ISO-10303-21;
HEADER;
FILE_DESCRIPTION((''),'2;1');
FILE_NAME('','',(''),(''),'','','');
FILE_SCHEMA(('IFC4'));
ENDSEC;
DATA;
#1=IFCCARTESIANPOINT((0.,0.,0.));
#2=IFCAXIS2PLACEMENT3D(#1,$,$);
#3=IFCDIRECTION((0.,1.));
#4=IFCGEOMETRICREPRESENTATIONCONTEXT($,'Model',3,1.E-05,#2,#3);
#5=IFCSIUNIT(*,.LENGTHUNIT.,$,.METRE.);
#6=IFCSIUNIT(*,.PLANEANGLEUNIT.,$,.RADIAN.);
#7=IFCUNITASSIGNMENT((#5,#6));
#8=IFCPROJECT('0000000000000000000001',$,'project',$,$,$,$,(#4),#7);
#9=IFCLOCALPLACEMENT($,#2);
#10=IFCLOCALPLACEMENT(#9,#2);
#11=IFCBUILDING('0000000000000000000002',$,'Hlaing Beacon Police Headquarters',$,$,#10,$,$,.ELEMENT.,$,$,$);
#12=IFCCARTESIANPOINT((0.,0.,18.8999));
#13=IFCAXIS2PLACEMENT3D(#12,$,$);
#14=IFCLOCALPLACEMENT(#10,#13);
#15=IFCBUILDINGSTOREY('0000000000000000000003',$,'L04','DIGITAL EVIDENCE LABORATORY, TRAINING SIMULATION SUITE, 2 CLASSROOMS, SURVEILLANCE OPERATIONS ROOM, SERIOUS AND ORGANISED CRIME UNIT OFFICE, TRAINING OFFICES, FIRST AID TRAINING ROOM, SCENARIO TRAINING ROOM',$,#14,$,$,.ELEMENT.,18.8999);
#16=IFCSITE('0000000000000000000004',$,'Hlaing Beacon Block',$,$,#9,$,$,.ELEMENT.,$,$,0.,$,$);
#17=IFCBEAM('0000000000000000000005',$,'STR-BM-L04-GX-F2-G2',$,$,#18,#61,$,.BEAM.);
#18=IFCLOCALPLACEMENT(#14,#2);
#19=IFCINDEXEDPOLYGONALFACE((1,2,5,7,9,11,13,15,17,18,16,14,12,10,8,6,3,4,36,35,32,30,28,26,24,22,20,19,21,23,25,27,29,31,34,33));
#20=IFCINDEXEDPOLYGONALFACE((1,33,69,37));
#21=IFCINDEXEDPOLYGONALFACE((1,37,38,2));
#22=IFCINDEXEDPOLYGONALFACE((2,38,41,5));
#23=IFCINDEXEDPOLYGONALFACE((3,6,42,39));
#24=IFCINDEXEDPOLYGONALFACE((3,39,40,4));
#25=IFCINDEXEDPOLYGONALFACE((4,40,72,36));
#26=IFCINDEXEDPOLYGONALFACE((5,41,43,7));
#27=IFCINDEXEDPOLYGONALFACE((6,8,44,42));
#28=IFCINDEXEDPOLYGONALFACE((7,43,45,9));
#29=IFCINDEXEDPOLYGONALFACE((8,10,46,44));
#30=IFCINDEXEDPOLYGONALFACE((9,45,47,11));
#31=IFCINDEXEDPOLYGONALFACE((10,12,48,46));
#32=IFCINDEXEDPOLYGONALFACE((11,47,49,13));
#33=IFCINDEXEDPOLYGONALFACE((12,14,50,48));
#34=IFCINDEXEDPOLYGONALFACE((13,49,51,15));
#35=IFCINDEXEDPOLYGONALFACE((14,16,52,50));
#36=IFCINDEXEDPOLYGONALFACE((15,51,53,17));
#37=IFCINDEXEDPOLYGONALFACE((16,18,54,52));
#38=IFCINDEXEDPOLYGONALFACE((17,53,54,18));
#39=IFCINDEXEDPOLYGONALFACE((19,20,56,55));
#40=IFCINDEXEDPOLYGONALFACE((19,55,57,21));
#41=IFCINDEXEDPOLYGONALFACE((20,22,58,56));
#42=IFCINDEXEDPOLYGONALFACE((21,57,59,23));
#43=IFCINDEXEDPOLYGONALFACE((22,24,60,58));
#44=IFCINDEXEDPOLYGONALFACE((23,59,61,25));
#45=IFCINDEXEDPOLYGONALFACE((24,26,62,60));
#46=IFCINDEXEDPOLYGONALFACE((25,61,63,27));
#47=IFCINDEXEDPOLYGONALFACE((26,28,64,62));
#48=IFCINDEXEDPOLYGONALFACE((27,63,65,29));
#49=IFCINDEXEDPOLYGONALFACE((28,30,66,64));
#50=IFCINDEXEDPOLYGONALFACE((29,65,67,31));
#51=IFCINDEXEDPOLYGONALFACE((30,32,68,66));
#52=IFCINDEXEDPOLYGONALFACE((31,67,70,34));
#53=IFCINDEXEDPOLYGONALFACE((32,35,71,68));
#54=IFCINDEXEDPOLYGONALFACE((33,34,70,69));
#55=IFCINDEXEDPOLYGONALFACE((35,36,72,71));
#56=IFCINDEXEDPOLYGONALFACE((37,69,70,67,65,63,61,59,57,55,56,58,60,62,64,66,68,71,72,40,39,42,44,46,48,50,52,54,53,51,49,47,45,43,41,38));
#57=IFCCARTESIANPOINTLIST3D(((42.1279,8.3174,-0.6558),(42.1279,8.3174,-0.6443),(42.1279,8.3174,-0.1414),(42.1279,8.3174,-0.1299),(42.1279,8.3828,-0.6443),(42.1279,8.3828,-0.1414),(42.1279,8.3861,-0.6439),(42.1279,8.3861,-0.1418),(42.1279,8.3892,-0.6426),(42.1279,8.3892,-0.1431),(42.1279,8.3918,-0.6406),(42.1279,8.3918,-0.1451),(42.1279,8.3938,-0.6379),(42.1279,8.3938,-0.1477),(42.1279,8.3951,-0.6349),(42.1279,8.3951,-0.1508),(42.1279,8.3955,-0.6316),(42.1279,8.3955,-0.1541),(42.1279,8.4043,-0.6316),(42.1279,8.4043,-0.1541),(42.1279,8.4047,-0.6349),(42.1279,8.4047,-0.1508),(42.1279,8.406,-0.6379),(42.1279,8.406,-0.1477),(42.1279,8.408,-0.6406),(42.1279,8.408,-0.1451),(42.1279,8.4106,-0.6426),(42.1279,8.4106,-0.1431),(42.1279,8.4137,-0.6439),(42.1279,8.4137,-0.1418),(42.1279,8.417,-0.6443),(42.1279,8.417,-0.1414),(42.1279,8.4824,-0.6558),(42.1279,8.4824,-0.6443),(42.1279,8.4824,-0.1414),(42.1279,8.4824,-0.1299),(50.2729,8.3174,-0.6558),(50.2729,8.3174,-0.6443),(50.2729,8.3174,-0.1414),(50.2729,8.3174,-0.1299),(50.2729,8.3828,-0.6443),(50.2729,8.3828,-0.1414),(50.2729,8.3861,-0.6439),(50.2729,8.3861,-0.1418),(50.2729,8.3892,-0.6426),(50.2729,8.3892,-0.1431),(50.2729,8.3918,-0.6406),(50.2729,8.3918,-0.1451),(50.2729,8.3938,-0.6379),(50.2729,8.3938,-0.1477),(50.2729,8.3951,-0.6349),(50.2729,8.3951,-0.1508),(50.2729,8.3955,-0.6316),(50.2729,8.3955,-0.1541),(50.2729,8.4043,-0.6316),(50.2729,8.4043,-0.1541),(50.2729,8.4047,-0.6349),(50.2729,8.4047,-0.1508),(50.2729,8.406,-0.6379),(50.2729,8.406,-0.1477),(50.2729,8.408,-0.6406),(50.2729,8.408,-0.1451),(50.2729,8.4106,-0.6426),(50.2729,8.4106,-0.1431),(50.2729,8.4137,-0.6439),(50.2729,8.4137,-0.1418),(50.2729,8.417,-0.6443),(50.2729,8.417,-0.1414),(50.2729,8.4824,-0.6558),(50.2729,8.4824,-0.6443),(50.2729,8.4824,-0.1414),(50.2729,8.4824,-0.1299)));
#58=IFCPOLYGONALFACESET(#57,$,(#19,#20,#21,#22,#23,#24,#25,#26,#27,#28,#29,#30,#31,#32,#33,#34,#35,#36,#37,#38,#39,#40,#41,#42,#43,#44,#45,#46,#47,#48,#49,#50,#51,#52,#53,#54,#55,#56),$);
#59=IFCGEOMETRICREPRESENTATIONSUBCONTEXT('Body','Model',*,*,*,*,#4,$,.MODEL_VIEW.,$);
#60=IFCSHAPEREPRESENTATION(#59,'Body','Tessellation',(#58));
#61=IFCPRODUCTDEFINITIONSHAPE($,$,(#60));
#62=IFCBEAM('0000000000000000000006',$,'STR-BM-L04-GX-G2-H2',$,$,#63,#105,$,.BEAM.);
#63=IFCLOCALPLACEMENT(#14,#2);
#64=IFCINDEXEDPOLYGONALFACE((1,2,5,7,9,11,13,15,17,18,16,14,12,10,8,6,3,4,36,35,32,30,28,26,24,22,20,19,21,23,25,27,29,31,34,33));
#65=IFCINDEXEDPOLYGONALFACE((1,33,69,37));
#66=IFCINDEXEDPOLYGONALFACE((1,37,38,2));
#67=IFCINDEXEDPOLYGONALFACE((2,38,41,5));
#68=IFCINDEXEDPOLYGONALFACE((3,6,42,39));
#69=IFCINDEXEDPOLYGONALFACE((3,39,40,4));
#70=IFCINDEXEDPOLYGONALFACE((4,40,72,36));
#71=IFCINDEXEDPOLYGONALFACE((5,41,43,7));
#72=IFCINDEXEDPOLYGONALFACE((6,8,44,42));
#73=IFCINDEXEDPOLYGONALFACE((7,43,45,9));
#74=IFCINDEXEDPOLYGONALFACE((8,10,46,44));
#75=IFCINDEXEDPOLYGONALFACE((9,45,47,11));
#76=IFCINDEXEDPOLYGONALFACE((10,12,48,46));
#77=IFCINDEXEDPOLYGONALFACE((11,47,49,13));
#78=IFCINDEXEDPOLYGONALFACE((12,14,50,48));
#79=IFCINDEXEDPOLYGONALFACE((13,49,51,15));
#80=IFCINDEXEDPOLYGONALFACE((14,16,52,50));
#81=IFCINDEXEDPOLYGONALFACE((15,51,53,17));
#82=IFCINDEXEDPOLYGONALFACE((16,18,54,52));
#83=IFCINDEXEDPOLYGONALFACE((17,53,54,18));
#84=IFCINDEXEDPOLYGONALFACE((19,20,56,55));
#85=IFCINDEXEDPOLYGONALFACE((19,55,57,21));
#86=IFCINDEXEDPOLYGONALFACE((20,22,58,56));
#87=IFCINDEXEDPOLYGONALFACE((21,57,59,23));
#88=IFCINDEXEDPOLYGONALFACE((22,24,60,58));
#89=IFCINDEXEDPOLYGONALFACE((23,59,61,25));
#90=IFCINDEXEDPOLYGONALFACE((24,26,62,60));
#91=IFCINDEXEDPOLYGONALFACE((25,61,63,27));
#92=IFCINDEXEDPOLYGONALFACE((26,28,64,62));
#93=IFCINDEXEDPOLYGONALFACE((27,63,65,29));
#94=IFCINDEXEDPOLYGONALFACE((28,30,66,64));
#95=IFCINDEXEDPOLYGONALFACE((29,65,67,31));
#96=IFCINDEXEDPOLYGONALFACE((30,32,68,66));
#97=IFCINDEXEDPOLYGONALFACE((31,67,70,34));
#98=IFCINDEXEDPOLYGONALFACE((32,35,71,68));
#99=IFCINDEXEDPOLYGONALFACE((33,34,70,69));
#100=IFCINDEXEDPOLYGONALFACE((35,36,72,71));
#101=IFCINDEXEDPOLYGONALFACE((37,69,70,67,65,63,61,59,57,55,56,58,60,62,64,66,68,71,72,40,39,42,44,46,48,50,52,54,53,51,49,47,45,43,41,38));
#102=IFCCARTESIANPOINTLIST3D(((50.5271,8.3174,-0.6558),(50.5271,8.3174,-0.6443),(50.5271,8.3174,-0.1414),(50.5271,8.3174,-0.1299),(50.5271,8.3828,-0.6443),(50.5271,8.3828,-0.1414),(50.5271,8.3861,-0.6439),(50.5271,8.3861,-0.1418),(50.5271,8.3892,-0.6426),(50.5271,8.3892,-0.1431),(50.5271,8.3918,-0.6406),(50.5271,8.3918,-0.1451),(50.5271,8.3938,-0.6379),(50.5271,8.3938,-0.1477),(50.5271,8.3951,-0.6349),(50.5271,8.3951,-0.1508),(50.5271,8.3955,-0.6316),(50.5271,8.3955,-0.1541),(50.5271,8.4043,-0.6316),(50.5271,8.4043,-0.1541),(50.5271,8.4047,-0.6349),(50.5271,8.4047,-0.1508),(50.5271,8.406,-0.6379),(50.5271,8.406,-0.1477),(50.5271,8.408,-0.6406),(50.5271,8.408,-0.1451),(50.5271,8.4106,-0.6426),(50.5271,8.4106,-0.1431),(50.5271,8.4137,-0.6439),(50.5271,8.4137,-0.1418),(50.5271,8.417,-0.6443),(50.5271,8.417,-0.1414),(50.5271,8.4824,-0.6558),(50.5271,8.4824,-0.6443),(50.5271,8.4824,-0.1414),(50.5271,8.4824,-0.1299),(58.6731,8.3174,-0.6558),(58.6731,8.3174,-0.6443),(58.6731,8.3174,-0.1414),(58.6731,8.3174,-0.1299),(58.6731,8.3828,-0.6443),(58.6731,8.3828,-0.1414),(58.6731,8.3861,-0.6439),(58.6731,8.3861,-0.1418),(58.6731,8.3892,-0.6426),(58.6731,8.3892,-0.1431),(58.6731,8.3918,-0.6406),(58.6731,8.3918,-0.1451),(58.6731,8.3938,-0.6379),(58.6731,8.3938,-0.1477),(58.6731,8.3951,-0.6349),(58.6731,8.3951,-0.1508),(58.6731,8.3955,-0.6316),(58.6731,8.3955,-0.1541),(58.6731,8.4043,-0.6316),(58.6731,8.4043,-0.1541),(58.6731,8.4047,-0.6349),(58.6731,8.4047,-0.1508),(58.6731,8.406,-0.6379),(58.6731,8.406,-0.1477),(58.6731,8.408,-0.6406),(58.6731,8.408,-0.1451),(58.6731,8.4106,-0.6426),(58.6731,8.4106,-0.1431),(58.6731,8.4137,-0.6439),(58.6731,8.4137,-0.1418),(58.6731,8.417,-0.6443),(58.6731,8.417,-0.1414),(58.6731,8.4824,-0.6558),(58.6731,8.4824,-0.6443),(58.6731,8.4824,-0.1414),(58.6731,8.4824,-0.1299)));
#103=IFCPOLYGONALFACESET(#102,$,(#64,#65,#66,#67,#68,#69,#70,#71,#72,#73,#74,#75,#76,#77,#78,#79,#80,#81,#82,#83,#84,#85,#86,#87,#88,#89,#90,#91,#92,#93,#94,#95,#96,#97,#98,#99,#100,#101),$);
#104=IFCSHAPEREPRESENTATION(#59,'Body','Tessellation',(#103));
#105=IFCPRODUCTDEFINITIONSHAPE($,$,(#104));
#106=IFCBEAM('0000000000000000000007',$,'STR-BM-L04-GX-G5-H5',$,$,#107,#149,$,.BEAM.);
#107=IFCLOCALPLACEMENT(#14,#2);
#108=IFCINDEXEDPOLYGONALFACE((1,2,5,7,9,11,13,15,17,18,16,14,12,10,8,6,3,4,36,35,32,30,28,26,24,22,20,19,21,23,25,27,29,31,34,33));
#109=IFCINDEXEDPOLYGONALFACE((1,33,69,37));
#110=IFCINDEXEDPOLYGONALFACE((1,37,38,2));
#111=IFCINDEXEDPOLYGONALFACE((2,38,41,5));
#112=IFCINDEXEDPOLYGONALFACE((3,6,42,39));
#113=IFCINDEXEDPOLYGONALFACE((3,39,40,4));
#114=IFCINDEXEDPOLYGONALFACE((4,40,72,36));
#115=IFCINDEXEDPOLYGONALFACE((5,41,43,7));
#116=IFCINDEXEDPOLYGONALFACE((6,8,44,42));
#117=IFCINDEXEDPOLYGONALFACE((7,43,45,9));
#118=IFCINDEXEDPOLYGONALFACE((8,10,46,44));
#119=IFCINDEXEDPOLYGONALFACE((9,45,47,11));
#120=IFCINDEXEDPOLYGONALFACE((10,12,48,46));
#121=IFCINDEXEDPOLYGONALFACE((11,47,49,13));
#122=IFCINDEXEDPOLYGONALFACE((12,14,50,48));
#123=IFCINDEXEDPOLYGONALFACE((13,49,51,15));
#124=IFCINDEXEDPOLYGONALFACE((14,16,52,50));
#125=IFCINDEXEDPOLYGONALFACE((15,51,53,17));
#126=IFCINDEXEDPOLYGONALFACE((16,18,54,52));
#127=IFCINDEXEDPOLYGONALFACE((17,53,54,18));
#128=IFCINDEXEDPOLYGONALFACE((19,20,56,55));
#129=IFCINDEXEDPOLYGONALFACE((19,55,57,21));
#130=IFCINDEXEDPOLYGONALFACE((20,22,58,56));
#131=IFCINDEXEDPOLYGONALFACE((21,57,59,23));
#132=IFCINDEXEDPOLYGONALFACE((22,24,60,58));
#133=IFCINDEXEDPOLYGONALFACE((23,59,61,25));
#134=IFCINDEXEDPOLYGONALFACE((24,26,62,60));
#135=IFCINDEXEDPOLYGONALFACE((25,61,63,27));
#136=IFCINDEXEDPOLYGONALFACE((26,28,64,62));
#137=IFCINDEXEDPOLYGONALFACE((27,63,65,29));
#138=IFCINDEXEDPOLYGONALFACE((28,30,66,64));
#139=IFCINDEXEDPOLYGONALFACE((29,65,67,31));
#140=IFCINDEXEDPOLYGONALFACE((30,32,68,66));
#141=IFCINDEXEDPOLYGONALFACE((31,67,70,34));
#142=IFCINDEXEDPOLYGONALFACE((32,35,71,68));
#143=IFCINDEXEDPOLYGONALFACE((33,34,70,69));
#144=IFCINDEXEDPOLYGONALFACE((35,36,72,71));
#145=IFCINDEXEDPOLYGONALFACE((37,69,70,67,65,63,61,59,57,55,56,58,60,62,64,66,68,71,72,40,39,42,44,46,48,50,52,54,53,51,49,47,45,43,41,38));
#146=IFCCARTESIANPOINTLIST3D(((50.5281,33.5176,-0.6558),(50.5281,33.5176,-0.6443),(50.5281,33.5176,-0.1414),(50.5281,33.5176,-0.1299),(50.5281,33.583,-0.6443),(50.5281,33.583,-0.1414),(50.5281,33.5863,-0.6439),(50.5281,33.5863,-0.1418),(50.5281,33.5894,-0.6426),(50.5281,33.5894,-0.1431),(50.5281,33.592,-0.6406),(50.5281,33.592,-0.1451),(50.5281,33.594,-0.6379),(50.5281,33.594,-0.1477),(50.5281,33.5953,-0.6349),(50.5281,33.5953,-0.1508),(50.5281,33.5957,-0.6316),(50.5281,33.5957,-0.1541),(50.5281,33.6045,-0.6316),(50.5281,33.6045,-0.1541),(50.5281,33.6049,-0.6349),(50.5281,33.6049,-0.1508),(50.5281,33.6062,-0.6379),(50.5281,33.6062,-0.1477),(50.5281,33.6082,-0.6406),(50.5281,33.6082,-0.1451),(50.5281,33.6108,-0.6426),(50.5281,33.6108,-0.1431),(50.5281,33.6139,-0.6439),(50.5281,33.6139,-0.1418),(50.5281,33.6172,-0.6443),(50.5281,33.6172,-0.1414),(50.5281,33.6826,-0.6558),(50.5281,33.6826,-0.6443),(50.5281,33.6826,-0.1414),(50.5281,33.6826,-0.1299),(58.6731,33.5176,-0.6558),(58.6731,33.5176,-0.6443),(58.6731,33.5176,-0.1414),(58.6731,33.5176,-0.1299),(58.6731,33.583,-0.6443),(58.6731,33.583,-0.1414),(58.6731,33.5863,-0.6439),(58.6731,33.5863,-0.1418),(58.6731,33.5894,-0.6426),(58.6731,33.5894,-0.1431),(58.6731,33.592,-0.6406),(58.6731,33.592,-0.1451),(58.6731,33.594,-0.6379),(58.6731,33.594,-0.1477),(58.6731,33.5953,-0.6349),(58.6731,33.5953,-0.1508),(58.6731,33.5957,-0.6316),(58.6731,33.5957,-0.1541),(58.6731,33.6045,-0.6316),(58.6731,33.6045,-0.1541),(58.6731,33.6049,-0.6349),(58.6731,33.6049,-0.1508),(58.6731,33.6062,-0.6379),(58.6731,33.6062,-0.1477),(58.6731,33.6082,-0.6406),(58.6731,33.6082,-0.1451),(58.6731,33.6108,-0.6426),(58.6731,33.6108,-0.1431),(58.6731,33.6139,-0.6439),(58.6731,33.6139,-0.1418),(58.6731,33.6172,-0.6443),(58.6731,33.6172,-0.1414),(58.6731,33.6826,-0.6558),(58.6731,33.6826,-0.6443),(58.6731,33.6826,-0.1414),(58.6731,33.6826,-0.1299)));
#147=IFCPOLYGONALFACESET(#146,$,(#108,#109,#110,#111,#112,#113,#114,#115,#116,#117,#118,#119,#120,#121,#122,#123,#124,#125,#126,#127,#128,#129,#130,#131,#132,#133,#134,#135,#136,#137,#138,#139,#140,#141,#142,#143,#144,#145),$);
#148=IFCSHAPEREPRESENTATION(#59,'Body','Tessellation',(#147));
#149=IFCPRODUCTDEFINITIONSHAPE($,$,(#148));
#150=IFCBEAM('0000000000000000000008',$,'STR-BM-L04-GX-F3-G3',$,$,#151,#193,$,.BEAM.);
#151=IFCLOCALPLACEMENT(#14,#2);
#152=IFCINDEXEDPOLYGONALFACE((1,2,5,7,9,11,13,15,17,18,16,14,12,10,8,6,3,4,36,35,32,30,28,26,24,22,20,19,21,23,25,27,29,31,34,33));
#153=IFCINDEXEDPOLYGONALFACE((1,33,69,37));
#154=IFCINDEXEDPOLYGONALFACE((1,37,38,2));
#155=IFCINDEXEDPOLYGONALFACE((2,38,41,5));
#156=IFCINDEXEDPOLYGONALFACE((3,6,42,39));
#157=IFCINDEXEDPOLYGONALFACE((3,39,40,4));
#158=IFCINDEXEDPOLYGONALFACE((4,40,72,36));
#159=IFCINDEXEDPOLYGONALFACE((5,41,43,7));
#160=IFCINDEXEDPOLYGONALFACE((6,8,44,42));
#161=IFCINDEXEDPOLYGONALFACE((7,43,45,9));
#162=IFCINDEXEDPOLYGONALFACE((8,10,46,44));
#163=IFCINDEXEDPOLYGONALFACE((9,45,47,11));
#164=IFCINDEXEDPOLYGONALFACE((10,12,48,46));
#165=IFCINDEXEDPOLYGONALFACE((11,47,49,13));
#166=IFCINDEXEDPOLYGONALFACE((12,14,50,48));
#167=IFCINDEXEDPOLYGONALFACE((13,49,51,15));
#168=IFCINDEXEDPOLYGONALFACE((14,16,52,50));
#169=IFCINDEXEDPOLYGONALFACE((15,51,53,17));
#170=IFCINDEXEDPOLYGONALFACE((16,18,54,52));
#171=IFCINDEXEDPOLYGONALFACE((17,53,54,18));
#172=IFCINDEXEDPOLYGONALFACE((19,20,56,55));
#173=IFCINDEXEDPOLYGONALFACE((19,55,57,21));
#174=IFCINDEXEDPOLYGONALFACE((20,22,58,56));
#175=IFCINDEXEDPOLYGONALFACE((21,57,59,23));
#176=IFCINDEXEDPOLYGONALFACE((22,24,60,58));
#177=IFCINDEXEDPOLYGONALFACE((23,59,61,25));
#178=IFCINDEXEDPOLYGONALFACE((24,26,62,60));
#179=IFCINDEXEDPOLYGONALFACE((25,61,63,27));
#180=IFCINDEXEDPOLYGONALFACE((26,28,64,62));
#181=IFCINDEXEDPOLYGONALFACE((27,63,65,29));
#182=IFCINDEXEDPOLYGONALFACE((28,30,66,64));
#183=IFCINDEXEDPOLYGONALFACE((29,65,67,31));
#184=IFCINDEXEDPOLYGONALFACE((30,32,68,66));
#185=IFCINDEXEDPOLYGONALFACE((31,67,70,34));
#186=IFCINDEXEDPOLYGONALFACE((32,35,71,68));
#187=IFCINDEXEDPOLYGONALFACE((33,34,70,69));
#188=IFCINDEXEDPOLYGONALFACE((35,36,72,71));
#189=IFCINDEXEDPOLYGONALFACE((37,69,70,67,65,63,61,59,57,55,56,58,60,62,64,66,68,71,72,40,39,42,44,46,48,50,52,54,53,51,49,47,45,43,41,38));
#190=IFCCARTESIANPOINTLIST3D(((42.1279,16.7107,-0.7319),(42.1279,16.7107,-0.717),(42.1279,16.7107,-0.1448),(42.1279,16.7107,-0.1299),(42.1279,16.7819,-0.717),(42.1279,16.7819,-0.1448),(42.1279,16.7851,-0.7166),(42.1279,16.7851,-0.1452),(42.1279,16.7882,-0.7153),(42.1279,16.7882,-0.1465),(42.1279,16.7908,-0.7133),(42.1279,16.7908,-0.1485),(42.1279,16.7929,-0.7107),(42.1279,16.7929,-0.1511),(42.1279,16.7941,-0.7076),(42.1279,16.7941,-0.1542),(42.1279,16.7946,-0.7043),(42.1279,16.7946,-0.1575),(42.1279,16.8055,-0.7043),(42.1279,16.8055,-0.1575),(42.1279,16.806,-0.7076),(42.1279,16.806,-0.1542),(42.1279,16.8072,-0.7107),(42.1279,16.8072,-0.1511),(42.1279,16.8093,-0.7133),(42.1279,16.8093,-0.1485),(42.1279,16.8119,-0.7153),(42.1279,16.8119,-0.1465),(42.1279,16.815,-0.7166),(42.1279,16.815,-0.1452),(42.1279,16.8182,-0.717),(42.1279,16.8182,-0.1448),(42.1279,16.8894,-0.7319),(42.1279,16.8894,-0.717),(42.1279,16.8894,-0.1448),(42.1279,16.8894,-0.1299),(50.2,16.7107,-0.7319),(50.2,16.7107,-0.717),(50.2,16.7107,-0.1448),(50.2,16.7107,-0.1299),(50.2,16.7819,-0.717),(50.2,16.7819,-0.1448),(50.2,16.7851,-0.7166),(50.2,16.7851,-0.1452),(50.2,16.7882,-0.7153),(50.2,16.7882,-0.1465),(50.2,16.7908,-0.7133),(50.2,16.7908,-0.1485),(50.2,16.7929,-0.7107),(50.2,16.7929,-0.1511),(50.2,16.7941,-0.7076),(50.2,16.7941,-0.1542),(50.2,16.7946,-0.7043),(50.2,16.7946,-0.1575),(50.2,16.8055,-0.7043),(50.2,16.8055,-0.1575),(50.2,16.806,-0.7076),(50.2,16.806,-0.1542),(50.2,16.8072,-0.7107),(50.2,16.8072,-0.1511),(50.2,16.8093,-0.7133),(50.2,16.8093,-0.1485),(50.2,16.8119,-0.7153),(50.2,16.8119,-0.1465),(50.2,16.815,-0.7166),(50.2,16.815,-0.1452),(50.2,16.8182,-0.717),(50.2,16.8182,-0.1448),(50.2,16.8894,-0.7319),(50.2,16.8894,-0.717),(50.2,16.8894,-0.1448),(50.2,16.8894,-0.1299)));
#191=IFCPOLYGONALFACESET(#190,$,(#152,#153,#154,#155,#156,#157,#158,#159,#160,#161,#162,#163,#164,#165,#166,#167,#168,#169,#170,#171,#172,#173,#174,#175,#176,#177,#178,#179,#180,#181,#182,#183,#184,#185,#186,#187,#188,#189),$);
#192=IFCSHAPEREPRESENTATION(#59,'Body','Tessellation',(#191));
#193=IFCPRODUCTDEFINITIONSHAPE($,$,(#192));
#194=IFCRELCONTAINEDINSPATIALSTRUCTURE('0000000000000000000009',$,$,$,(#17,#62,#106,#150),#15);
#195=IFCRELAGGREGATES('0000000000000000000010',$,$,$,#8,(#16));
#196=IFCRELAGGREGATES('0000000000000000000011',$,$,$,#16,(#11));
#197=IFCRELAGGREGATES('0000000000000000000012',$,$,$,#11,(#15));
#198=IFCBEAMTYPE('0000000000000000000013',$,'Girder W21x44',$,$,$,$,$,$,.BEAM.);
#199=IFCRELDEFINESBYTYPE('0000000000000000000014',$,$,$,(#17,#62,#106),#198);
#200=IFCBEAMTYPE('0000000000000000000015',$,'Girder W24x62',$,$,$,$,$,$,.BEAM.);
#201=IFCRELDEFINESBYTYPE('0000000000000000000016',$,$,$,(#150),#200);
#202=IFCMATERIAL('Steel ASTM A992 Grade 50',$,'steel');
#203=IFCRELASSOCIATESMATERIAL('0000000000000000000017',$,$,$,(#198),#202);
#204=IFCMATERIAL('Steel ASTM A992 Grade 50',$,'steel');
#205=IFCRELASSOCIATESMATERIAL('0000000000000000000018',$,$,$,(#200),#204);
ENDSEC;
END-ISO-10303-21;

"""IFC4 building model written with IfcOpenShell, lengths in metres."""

from ifc_helpers import new_model, si_unit, direction, frame, origin, origin_2d, place, context, subcontext, project, spatial, i_section, extrude, material, material_profile, profile_set, type_object, element, save


model = new_model("IFC4")

# Units and contexts
model_context = context("Model", 3, precision=1e-05, world=origin(), true_north=direction((0.0, 1.0)))
body_context = subcontext(model_context, "Body", "Model", "MODEL_VIEW")
ifc_project = project(units=[si_unit("LENGTHUNIT", "METRE"), si_unit("PLANEANGLEUNIT", "RADIAN")], contexts=[model_context])

# Site, building, storey
site_placement = place(None, origin())
site = spatial("IfcSite", under=ifc_project, at=site_placement, Name="Hlaing Beacon Block", CompositionType="ELEMENT", RefElevation=0.0)
building_placement = place(site_placement, origin())
building = spatial("IfcBuilding", under=site, at=building_placement, Name="Hlaing Beacon Police Headquarters", CompositionType="ELEMENT")
storey_placement = place(building_placement, frame((0.0, 0.0, 18.8999)))
storey = spatial("IfcBuildingStorey", under=building, at=storey_placement, Name="L04", Description="DIGITAL EVIDENCE LABORATORY, TRAINING SIMULATION SUITE, 2 CLASSROOMS, SURVEILLANCE OPERATIONS ROOM, SERIOUS AND ORGANISED CRIME UNIT OFFICE, TRAINING OFFICES, FIRST AID TRAINING ROOM, SCENARIO TRAINING ROOM", CompositionType="ELEMENT", Elevation=18.8999)

# Beams
ifc_material_1 = material(Name="Steel ASTM A992 Grade 50", Category="steel")
ifc_material_profile_1 = material_profile(ifc_material_1, i_section(OverallWidth=0.165, OverallDepth=0.5259, WebThickness=0.0088, FlangeThickness=0.0115, FilletRadius=0.0127, at=origin_2d()), Name="W21x44")
ifc_profile_set_1 = profile_set([ifc_material_profile_1], Name="Steel ASTM A992 Grade 50")
beam_type_1 = type_object("IfcBeamType", Name="Girder W21x44", PredefinedType="BEAM", material=ifc_profile_set_1)
beam_1_placement = place(storey_placement, frame((42.1279, 8.3999, -0.3928), z_axis=(1.0, 0.0, 0.0), x_axis=(0.0, 1.0, 0.0)))
element("IfcBeam", 1, at=beam_1_placement, inside=storey, type_object=beam_type_1, Name="STR-BM-L04-GX-F2-G2", PredefinedType="BEAM", context=body_context, shape_type="SweptSolid", body=[
    extrude(i_section(OverallWidth=0.165, OverallDepth=0.5259, WebThickness=0.0088, FlangeThickness=0.0115, FilletRadius=0.0127, at=origin_2d()), origin(), (0.0, 0.0, 1.0), 8.145),
])
beam_2_placement = place(storey_placement, frame((50.5271, 8.3999, -0.3928), z_axis=(1.0, 0.0, 0.0), x_axis=(0.0, 1.0, 0.0)))
element("IfcBeam", 2, at=beam_2_placement, inside=storey, type_object=beam_type_1, Name="STR-BM-L04-GX-G2-H2", PredefinedType="BEAM", context=body_context, shape_type="SweptSolid", body=[
    extrude(i_section(OverallWidth=0.165, OverallDepth=0.5259, WebThickness=0.0088, FlangeThickness=0.0115, FilletRadius=0.0127, at=origin_2d()), origin(), (0.0, 0.0, 1.0), 8.146),
])
beam_3_placement = place(storey_placement, frame((50.5281, 33.6001, -0.3928), z_axis=(1.0, 0.0, 0.0), x_axis=(0.0, 1.0, 0.0)))
element("IfcBeam", 3, at=beam_3_placement, inside=storey, type_object=beam_type_1, Name="STR-BM-L04-GX-G5-H5", PredefinedType="BEAM", context=body_context, shape_type="SweptSolid", body=[
    extrude(i_section(OverallWidth=0.165, OverallDepth=0.5259, WebThickness=0.0088, FlangeThickness=0.0115, FilletRadius=0.0127, at=origin_2d()), origin(), (0.0, 0.0, 1.0), 8.145),
])
ifc_material_2 = material(Name="Steel ASTM A992 Grade 50", Category="steel")
ifc_material_profile_2 = material_profile(ifc_material_2, i_section(OverallWidth=0.1787, OverallDepth=0.6021, WebThickness=0.011, FlangeThickness=0.0149, FilletRadius=0.0127, at=origin_2d()), Name="W24x62")
ifc_profile_set_2 = profile_set([ifc_material_profile_2], Name="Steel ASTM A992 Grade 50")
beam_type_2 = type_object("IfcBeamType", Name="Girder W24x62", PredefinedType="BEAM", material=ifc_profile_set_2)
for number, where, z_axis, x_axis, name in (
    (4, (42.1279, 16.8, -0.4309), (1.0, 0.0, 0.0), (0.0, 1.0, 0.0), "STR-BM-L04-GX-F3-G3"),
):
    element("IfcBeam", number, at=place(storey_placement, frame(where, z_axis=z_axis, x_axis=x_axis)), inside=storey, type_object=beam_type_2, Name=name, PredefinedType="BEAM", context=body_context, shape_type="SweptSolid", body=[
        extrude(i_section(OverallWidth=0.1787, OverallDepth=0.6021, WebThickness=0.011, FlangeThickness=0.0149, FilletRadius=0.0127, at=origin_2d()), origin(), (0.0, 0.0, 1.0), 8.072),
    ])

save(model, "model.ifc")
